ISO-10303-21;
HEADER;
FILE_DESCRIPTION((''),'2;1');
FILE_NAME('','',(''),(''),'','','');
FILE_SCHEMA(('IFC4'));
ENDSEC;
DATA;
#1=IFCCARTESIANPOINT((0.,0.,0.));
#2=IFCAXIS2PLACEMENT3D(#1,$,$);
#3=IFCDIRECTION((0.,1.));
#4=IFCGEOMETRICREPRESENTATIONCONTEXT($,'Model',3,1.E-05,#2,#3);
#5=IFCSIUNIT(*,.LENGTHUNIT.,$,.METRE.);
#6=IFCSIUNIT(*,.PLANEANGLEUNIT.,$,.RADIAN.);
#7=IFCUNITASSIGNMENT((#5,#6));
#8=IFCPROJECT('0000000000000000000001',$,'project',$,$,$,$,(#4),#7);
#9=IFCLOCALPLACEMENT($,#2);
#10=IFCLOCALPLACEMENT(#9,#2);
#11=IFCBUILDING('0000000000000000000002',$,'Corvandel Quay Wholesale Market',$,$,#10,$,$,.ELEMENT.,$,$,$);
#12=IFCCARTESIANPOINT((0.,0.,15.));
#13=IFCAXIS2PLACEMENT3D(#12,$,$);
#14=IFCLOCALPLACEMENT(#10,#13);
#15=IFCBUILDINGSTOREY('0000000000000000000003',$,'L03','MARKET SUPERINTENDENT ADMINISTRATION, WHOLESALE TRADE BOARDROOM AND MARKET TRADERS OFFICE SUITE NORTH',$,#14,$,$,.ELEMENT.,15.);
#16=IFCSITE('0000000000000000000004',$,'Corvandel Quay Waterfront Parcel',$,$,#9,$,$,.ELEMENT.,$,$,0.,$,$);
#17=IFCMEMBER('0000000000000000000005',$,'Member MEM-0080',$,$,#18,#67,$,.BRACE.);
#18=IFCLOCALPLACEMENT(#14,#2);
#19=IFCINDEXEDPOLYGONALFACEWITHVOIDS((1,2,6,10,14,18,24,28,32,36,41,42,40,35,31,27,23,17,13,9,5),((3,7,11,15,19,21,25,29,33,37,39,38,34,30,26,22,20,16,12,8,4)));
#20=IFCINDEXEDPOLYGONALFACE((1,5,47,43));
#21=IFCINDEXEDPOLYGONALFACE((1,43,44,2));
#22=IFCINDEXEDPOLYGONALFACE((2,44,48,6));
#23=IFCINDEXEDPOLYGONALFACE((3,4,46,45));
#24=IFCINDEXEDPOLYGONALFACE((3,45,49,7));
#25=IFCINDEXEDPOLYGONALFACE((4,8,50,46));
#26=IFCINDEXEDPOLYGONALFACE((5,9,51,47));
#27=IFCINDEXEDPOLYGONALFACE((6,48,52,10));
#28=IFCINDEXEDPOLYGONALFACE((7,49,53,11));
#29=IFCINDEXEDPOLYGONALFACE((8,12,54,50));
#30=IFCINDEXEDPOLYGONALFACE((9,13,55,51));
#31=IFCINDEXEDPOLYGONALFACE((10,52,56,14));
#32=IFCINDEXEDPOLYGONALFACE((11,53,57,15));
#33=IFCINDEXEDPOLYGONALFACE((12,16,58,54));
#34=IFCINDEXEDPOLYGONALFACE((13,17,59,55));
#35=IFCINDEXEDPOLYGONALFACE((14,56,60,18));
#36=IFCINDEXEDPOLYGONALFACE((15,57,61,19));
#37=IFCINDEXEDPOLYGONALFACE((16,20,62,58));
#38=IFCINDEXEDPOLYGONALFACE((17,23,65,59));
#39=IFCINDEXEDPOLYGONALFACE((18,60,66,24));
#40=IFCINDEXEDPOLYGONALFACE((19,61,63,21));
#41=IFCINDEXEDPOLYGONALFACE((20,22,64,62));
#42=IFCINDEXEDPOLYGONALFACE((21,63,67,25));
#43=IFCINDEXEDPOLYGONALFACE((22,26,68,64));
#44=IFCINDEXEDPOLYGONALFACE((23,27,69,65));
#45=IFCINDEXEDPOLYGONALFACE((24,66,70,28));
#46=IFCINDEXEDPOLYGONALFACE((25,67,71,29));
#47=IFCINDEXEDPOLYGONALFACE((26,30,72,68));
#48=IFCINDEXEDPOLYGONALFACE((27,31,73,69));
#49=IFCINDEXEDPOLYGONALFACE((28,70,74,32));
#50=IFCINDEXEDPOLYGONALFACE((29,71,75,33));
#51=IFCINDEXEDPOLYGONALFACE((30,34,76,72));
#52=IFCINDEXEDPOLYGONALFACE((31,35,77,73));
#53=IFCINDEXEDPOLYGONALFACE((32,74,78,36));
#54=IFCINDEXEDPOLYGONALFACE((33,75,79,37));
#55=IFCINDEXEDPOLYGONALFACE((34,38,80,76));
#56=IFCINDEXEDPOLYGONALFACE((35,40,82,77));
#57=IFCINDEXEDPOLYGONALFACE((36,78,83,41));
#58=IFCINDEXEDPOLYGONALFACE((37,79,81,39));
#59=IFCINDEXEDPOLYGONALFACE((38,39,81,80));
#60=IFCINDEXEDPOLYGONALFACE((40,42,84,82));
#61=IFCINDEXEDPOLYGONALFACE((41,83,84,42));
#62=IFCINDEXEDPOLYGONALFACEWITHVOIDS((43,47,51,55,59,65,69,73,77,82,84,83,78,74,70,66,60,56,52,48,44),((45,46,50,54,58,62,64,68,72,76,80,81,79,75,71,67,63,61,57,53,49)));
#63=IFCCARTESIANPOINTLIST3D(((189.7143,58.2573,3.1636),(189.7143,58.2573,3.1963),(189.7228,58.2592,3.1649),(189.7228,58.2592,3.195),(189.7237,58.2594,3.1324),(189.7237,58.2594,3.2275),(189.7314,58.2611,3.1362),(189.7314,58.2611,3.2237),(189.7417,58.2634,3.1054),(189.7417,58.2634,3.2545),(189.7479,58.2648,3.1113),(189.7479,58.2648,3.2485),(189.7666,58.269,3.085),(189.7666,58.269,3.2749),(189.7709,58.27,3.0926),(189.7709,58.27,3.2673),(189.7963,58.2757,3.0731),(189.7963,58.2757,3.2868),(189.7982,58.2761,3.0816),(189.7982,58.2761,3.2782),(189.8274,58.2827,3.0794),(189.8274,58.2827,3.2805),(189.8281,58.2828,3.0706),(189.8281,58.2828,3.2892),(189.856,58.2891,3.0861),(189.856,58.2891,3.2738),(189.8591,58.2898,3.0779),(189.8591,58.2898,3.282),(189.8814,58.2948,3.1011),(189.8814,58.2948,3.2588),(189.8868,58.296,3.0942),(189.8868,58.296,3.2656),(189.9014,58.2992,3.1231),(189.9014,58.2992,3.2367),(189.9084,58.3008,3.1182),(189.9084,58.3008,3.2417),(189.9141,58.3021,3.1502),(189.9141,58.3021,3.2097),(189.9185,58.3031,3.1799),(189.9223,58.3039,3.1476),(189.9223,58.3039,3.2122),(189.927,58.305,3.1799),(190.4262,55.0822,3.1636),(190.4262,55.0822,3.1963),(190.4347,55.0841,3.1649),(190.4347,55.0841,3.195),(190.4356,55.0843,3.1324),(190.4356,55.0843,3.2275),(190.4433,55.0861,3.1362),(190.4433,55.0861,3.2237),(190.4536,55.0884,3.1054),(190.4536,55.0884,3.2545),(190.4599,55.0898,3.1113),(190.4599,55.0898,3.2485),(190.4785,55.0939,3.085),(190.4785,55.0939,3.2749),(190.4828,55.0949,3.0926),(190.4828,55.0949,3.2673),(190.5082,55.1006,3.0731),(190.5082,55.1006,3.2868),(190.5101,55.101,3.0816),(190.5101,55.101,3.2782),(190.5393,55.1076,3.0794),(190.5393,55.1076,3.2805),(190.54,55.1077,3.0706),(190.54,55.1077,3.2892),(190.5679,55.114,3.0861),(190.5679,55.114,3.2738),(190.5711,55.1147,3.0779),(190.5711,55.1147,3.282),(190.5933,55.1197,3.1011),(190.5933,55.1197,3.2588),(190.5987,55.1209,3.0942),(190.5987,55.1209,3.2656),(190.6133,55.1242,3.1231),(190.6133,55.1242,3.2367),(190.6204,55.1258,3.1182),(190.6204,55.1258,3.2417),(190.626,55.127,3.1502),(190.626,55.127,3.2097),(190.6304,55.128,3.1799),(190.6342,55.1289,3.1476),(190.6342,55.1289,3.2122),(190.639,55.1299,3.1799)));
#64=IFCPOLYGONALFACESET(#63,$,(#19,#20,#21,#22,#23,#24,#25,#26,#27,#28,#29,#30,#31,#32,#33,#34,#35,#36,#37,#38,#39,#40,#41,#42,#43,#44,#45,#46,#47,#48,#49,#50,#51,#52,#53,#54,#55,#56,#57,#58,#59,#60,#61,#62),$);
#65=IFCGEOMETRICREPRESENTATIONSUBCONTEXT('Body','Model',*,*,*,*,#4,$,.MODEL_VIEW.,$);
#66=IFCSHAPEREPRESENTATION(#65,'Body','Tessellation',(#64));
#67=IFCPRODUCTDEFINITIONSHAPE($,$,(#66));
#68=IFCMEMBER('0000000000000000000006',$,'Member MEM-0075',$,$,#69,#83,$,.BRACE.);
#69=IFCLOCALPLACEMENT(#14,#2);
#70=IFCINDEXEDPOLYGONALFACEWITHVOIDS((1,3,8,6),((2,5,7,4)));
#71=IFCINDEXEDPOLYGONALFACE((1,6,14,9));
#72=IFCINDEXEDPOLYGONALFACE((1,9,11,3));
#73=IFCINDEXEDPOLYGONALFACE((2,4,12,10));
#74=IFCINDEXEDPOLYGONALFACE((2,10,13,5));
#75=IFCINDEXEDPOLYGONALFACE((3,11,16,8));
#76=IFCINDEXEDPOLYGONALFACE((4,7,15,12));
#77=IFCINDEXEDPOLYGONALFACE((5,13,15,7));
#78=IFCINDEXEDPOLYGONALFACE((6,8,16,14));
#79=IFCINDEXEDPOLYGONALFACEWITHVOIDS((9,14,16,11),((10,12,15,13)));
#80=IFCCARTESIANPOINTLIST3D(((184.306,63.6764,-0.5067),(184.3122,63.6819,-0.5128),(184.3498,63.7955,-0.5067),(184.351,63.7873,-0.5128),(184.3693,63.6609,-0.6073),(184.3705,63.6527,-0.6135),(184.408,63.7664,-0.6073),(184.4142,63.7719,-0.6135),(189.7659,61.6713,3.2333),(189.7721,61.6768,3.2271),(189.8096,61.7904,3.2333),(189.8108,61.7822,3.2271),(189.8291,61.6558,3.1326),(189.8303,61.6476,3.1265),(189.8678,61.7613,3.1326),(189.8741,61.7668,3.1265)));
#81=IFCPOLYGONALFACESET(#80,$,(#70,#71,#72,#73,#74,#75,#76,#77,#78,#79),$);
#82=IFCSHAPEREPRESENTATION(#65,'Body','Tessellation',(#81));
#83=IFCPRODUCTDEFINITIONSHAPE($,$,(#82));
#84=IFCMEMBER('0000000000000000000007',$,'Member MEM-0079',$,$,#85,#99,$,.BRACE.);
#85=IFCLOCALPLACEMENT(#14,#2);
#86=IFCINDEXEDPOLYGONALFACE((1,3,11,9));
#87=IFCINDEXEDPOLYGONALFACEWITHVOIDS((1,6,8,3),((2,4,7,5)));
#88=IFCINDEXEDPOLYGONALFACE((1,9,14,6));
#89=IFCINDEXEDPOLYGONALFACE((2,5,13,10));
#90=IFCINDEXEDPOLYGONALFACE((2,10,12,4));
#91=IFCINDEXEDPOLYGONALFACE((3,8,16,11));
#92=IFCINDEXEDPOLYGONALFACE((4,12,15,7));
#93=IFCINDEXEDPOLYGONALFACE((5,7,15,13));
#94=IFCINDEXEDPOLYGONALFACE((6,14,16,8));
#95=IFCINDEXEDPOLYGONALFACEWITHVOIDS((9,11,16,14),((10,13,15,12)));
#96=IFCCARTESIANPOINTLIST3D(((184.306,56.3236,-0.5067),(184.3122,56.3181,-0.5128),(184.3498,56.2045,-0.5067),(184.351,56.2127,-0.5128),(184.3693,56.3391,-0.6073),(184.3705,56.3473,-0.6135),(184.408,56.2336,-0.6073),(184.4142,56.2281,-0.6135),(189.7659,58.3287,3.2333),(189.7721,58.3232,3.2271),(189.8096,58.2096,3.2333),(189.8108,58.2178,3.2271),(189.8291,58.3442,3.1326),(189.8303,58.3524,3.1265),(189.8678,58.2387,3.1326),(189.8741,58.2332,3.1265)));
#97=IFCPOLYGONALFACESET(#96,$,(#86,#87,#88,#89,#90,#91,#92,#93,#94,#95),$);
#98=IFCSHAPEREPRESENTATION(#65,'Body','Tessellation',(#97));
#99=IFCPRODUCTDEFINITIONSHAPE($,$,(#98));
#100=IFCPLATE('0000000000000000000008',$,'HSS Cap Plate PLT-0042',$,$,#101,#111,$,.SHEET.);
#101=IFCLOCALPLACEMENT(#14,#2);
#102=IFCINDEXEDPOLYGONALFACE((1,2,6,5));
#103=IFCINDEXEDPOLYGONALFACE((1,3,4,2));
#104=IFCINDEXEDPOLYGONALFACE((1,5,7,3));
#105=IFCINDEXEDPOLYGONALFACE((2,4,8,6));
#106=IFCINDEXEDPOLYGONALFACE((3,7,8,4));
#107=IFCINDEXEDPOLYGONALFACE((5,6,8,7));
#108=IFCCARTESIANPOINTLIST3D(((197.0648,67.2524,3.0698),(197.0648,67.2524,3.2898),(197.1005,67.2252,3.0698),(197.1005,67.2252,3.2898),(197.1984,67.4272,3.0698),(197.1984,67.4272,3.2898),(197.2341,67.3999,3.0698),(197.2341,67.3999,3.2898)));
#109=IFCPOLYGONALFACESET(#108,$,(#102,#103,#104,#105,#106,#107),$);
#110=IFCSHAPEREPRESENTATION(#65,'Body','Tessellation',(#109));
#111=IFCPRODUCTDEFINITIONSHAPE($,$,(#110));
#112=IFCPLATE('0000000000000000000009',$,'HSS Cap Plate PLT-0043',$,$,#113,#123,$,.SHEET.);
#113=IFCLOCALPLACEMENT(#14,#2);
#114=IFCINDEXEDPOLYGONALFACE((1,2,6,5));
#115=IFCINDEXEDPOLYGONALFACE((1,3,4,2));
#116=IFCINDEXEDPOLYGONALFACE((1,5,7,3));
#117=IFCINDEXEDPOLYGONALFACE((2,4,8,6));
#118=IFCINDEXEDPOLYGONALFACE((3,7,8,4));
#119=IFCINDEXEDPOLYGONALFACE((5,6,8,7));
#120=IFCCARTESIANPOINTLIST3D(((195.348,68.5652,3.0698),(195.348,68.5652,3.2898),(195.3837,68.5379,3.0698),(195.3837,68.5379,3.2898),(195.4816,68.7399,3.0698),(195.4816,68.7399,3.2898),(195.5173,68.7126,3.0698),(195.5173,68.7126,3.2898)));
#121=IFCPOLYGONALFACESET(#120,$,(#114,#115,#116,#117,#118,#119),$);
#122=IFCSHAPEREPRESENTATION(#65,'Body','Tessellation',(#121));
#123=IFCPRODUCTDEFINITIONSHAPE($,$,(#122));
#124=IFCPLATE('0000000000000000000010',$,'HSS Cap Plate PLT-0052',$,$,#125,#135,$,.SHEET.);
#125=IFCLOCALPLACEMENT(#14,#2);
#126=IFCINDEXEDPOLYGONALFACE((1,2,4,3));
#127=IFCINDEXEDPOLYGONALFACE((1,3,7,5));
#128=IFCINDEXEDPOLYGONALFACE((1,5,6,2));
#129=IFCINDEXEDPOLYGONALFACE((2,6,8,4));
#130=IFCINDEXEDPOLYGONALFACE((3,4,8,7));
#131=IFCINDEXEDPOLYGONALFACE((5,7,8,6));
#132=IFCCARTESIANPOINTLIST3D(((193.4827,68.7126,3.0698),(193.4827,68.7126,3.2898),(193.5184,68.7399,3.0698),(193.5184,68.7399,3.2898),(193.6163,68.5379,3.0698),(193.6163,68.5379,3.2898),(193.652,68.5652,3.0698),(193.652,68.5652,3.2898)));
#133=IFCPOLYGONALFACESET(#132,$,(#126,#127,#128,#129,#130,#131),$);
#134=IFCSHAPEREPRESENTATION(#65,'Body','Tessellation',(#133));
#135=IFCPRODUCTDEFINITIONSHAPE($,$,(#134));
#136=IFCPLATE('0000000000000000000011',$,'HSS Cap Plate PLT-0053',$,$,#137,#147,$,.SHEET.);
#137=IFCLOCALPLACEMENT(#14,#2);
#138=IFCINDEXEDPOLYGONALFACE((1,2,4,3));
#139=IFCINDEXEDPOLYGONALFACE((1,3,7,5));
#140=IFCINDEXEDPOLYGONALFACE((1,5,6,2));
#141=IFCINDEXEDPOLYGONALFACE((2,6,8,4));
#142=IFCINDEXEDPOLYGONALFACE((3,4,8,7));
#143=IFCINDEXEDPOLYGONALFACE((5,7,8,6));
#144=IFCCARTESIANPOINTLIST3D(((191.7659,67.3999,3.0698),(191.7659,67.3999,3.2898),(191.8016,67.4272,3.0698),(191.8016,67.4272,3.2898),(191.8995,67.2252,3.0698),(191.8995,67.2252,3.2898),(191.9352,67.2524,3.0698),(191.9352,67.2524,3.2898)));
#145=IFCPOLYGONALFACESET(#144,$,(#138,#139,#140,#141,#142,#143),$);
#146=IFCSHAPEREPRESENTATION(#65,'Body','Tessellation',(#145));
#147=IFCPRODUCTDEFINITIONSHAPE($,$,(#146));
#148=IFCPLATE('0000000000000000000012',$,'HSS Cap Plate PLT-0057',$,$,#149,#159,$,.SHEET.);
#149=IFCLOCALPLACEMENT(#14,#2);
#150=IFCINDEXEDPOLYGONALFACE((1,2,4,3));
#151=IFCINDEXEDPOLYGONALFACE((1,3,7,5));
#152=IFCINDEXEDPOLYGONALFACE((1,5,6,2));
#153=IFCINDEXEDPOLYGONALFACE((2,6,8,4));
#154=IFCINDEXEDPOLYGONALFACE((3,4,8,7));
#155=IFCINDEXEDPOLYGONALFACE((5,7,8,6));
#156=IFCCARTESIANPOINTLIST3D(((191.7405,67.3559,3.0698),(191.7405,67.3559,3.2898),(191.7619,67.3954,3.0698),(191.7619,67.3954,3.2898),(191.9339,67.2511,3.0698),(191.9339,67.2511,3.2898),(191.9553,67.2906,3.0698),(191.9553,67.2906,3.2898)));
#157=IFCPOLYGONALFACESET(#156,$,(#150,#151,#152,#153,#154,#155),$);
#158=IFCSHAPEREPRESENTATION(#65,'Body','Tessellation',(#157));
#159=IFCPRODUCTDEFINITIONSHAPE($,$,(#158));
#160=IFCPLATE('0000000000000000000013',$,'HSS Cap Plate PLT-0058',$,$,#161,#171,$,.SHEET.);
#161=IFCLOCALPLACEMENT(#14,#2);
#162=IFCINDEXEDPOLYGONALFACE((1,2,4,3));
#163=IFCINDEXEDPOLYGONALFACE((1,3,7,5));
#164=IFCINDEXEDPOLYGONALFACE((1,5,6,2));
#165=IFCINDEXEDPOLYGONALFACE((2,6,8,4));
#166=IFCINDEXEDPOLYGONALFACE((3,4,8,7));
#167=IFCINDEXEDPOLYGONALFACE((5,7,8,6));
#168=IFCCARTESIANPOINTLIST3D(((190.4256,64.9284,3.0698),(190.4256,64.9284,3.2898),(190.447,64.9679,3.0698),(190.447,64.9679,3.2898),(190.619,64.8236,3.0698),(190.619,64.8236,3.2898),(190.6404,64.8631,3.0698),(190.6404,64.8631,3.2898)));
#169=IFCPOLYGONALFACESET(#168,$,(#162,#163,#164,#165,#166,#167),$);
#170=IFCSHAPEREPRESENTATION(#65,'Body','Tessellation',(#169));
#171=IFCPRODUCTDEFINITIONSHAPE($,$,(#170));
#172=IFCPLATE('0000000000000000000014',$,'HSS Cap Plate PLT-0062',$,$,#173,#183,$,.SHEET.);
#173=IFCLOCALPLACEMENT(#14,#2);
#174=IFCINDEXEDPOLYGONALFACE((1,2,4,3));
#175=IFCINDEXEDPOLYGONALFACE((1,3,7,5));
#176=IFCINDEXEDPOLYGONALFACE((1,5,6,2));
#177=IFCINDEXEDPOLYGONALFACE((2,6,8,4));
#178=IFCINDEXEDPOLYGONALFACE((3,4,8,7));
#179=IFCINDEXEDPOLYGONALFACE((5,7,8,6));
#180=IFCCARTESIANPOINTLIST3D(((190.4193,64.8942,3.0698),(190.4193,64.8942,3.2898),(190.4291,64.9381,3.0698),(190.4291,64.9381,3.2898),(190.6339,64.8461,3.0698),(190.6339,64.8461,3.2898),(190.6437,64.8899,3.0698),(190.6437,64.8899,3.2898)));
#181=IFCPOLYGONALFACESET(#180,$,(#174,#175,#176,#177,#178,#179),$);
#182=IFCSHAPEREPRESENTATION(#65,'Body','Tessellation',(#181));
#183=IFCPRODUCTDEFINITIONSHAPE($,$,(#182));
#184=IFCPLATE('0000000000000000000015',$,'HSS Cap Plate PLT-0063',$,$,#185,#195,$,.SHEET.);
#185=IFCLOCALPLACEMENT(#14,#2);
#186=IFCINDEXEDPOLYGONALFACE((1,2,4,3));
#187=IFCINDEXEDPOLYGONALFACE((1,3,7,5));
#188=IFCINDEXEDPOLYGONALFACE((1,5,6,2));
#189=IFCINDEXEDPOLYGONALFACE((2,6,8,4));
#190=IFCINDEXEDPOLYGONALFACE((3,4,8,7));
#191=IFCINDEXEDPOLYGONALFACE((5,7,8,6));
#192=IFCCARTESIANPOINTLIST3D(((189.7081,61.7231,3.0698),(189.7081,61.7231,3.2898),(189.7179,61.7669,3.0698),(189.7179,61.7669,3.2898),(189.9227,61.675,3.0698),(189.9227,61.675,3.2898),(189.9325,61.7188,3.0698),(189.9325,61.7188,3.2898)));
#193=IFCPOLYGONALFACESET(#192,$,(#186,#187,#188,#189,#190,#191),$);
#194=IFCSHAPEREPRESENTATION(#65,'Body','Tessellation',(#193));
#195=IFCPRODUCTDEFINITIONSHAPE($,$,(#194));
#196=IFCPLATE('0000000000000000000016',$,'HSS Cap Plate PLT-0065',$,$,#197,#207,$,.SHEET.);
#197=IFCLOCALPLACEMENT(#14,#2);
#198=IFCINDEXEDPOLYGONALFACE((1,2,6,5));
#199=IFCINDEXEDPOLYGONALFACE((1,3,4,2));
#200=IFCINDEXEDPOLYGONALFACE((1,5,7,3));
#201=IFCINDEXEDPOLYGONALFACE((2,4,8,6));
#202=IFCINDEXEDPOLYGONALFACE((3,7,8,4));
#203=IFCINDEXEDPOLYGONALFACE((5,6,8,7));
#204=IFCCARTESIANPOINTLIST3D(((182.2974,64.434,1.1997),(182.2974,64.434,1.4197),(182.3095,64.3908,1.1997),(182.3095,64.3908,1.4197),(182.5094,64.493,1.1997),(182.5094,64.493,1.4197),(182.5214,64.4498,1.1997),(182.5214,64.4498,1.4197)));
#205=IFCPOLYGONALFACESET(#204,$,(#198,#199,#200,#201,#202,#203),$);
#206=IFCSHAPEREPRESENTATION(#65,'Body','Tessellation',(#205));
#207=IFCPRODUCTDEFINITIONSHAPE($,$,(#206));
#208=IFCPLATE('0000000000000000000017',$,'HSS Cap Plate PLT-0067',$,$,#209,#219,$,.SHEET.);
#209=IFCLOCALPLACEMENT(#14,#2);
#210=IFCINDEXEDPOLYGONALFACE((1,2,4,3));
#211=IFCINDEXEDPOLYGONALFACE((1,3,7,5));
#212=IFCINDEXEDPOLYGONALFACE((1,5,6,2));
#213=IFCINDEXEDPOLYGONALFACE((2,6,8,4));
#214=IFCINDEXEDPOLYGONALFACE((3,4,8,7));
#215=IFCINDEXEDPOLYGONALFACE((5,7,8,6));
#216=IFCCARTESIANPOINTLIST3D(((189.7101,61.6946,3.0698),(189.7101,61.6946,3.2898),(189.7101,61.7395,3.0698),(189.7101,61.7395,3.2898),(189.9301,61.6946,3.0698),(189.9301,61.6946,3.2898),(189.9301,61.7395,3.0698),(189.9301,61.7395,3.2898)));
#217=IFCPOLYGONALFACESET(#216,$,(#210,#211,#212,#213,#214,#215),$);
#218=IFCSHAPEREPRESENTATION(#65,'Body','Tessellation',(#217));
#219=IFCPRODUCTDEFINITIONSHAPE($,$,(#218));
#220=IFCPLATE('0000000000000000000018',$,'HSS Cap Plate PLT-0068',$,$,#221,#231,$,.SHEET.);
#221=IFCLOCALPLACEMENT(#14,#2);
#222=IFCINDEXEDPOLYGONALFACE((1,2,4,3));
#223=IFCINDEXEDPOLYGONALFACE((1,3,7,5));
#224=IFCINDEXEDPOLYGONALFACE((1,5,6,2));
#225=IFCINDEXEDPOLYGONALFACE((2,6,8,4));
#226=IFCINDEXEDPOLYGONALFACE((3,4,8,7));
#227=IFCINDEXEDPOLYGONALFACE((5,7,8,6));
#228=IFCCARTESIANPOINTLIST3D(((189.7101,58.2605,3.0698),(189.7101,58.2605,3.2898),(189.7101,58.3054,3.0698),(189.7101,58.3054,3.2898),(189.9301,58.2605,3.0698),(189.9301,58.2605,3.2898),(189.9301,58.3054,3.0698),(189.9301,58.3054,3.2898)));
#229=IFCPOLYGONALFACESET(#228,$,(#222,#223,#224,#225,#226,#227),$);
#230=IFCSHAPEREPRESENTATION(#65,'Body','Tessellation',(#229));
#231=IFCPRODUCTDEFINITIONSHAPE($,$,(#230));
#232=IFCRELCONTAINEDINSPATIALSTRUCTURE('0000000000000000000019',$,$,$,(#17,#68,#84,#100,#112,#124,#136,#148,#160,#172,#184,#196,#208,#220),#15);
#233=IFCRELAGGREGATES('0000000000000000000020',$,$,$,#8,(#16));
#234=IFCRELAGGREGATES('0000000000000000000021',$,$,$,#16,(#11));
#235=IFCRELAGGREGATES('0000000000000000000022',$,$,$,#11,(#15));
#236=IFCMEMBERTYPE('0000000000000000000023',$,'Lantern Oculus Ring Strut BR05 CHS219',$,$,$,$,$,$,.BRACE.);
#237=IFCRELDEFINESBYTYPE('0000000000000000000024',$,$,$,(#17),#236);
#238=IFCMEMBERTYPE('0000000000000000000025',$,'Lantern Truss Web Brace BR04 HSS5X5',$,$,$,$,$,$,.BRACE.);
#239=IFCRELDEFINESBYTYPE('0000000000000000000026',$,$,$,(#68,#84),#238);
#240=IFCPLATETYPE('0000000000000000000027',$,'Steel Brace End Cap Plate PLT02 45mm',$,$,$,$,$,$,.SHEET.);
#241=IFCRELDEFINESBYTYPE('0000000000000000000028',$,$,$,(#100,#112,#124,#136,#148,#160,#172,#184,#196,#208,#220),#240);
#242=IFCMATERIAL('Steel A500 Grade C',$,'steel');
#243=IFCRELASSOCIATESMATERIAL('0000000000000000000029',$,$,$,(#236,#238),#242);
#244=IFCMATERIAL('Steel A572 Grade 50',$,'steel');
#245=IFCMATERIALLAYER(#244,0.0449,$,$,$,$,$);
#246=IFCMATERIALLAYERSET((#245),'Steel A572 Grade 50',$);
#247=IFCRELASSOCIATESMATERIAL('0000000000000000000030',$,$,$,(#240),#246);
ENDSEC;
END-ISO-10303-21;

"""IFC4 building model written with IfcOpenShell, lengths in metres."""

from ifc_helpers import new_model, si_unit, direction, frame, origin, origin_2d, place, context, subcontext, project, spatial, rectangle, hollow_rectangle, hollow_circle, extrude, material, layer, layer_set, material_profile, profile_set, type_object, element, save


model = new_model("IFC4")

# Units and contexts
model_context = context("Model", 3, precision=1e-05, world=origin(), true_north=direction((0.0, 1.0)))
body_context = subcontext(model_context, "Body", "Model", "MODEL_VIEW")
ifc_project = project(units=[si_unit("LENGTHUNIT", "METRE"), si_unit("PLANEANGLEUNIT", "RADIAN")], contexts=[model_context])

# Site, building, storey
site_placement = place(None, origin())
site = spatial("IfcSite", under=ifc_project, at=site_placement, Name="Corvandel Quay Waterfront Parcel", CompositionType="ELEMENT", RefElevation=0.0)
building_placement = place(site_placement, origin())
building = spatial("IfcBuilding", under=site, at=building_placement, Name="Corvandel Quay Wholesale Market", CompositionType="ELEMENT")
storey_placement = place(building_placement, frame((0.0, 0.0, 15.0)))
storey = spatial("IfcBuildingStorey", under=building, at=storey_placement, Name="L03", Description="MARKET SUPERINTENDENT ADMINISTRATION, WHOLESALE TRADE BOARDROOM AND MARKET TRADERS OFFICE SUITE NORTH", CompositionType="ELEMENT", Elevation=15.0)

# Shared definitions
ifc_material_1 = material(Name="Steel A500 Grade C", Category="steel")

# Members
ifc_material_profile_1 = material_profile(ifc_material_1, hollow_circle(Radius=0.1096, WallThickness=0.0088, at=origin_2d()), Name="HSS8.625X0.375")
ifc_profile_set_1 = profile_set([ifc_material_profile_1], Name="Steel A500 Grade C")
member_type_1 = type_object("IfcMemberType", Name="Lantern Oculus Ring Strut BR05 CHS219", PredefinedType="BRACE", material=ifc_profile_set_1)
member_1_placement = place(storey_placement, frame((189.8201, 58.281, 3.1799), z_axis=(0.218789, -0.975772, 0.0), x_axis=(0.975772, 0.218789, 0.0)))
element("IfcMember", 1, at=member_1_placement, inside=storey, type_object=member_type_1, Name="Member MEM-0080", PredefinedType="BRACE", context=body_context, shape_type="SweptSolid", body=[
    extrude(hollow_circle(Radius=0.1096, WallThickness=0.0088, at=origin_2d()), origin(), (0.0, 0.0, 1.0), 3.2539),
])
ifc_material_profile_2 = material_profile(ifc_material_1, hollow_rectangle(XDim=0.127, YDim=0.127, WallThickness=0.0073, at=origin_2d()), Name="HSS5X5X5/16")
ifc_profile_set_2 = profile_set([ifc_material_profile_2], Name="Steel A500 Grade C")
member_type_2 = type_object("IfcMemberType", Name="Lantern Truss Web Brace BR04 HSS5X5", PredefinedType="BRACE", material=ifc_profile_set_2)
for number, where, z_axis, x_axis, name in (
    (2, (184.3601, 63.7241, -0.5601), (0.789566, -0.289962, 0.54084), (0.344731, 0.938702, 0.0), "Member MEM-0075"),
    (3, (184.3601, 56.2759, -0.5601), (0.789566, 0.289962, 0.54084), (-0.344731, 0.938702, 0.0), "Member MEM-0079"),
):
    element("IfcMember", number, at=place(storey_placement, frame(where, z_axis=z_axis, x_axis=x_axis)), inside=storey, type_object=member_type_2, Name=name, PredefinedType="BRACE", context=body_context, shape_type="SweptSolid", body=[
        extrude(hollow_rectangle(XDim=0.127, YDim=0.127, WallThickness=0.0073, at=origin_2d()), origin(), (0.0, 0.0, 1.0), 6.915),
    ])

# Plates
ifc_material_2 = material(Name="Steel A572 Grade 50", Category="steel")
ifc_layer_1 = layer(ifc_material_2, 0.0449)
ifc_layer_set_1 = layer_set([ifc_layer_1], Name="Steel A572 Grade 50")
plate_type_1 = type_object("IfcPlateType", Name="Steel Brace End Cap Plate PLT02 45mm", PredefinedType="SHEET", material=ifc_layer_set_1)
for number, where, z_axis, x_axis, name in (
    (4, (197.1494, 67.3262, 3.0698), (0.0, 0.0, 1.0), (0.607376, 0.794415, 0.0), "HSS Cap Plate PLT-0042"),
    (5, (195.4326, 68.6389, 3.0698), (0.0, 0.0, 1.0), (0.607376, 0.794415, 0.0), "HSS Cap Plate PLT-0043"),
    (6, (193.5674, 68.6389, 3.0698), (0.0, 0.0, 1.0), (-0.607376, 0.794415, 0.0), "HSS Cap Plate PLT-0052"),
    (7, (191.8506, 67.3262, 3.0698), (0.0, 0.0, 1.0), (-0.607376, 0.794415, 0.0), "HSS Cap Plate PLT-0053"),
    (8, (191.8479, 67.3232, 3.0698), (0.0, 0.0, 1.0), (-0.879233, 0.476392, 0.0), "HSS Cap Plate PLT-0057"),
    (9, (190.533, 64.8958, 3.0698), (0.0, 0.0, 1.0), (-0.879233, 0.476392, 0.0), "HSS Cap Plate PLT-0058"),
    (10, (190.5315, 64.8921, 3.0698), (0.0, 0.0, 1.0), (-0.975764, 0.218825, 0.0), "HSS Cap Plate PLT-0062"),
    (11, (189.8203, 61.7209, 3.0698), (0.0, 0.0, 1.0), (-0.975764, 0.218825, 0.0), "HSS Cap Plate PLT-0063"),
    (12, (182.4094, 64.4419, 1.1997), (0.0, 0.0, 1.0), (0.96335, 0.268247, 0.0), "HSS Cap Plate PLT-0065"),
    (13, (189.8201, 61.717, 3.0698), (0.0, 0.0, 1.0), (1.0, 0.0, 0.0), "HSS Cap Plate PLT-0067"),
    (14, (189.8201, 58.283, 3.0698), (0.0, 0.0, 1.0), (1.0, 0.0, 0.0), "HSS Cap Plate PLT-0068"),
):
    element("IfcPlate", number, at=place(storey_placement, frame(where, z_axis=z_axis, x_axis=x_axis)), inside=storey, type_object=plate_type_1, Name=name, PredefinedType="SHEET", context=body_context, shape_type="SweptSolid", body=[
        extrude(rectangle(XDim=0.22, YDim=0.0449, at=origin_2d()), origin(), (0.0, 0.0, 1.0), 0.22),
    ])

save(model, "model.ifc")
